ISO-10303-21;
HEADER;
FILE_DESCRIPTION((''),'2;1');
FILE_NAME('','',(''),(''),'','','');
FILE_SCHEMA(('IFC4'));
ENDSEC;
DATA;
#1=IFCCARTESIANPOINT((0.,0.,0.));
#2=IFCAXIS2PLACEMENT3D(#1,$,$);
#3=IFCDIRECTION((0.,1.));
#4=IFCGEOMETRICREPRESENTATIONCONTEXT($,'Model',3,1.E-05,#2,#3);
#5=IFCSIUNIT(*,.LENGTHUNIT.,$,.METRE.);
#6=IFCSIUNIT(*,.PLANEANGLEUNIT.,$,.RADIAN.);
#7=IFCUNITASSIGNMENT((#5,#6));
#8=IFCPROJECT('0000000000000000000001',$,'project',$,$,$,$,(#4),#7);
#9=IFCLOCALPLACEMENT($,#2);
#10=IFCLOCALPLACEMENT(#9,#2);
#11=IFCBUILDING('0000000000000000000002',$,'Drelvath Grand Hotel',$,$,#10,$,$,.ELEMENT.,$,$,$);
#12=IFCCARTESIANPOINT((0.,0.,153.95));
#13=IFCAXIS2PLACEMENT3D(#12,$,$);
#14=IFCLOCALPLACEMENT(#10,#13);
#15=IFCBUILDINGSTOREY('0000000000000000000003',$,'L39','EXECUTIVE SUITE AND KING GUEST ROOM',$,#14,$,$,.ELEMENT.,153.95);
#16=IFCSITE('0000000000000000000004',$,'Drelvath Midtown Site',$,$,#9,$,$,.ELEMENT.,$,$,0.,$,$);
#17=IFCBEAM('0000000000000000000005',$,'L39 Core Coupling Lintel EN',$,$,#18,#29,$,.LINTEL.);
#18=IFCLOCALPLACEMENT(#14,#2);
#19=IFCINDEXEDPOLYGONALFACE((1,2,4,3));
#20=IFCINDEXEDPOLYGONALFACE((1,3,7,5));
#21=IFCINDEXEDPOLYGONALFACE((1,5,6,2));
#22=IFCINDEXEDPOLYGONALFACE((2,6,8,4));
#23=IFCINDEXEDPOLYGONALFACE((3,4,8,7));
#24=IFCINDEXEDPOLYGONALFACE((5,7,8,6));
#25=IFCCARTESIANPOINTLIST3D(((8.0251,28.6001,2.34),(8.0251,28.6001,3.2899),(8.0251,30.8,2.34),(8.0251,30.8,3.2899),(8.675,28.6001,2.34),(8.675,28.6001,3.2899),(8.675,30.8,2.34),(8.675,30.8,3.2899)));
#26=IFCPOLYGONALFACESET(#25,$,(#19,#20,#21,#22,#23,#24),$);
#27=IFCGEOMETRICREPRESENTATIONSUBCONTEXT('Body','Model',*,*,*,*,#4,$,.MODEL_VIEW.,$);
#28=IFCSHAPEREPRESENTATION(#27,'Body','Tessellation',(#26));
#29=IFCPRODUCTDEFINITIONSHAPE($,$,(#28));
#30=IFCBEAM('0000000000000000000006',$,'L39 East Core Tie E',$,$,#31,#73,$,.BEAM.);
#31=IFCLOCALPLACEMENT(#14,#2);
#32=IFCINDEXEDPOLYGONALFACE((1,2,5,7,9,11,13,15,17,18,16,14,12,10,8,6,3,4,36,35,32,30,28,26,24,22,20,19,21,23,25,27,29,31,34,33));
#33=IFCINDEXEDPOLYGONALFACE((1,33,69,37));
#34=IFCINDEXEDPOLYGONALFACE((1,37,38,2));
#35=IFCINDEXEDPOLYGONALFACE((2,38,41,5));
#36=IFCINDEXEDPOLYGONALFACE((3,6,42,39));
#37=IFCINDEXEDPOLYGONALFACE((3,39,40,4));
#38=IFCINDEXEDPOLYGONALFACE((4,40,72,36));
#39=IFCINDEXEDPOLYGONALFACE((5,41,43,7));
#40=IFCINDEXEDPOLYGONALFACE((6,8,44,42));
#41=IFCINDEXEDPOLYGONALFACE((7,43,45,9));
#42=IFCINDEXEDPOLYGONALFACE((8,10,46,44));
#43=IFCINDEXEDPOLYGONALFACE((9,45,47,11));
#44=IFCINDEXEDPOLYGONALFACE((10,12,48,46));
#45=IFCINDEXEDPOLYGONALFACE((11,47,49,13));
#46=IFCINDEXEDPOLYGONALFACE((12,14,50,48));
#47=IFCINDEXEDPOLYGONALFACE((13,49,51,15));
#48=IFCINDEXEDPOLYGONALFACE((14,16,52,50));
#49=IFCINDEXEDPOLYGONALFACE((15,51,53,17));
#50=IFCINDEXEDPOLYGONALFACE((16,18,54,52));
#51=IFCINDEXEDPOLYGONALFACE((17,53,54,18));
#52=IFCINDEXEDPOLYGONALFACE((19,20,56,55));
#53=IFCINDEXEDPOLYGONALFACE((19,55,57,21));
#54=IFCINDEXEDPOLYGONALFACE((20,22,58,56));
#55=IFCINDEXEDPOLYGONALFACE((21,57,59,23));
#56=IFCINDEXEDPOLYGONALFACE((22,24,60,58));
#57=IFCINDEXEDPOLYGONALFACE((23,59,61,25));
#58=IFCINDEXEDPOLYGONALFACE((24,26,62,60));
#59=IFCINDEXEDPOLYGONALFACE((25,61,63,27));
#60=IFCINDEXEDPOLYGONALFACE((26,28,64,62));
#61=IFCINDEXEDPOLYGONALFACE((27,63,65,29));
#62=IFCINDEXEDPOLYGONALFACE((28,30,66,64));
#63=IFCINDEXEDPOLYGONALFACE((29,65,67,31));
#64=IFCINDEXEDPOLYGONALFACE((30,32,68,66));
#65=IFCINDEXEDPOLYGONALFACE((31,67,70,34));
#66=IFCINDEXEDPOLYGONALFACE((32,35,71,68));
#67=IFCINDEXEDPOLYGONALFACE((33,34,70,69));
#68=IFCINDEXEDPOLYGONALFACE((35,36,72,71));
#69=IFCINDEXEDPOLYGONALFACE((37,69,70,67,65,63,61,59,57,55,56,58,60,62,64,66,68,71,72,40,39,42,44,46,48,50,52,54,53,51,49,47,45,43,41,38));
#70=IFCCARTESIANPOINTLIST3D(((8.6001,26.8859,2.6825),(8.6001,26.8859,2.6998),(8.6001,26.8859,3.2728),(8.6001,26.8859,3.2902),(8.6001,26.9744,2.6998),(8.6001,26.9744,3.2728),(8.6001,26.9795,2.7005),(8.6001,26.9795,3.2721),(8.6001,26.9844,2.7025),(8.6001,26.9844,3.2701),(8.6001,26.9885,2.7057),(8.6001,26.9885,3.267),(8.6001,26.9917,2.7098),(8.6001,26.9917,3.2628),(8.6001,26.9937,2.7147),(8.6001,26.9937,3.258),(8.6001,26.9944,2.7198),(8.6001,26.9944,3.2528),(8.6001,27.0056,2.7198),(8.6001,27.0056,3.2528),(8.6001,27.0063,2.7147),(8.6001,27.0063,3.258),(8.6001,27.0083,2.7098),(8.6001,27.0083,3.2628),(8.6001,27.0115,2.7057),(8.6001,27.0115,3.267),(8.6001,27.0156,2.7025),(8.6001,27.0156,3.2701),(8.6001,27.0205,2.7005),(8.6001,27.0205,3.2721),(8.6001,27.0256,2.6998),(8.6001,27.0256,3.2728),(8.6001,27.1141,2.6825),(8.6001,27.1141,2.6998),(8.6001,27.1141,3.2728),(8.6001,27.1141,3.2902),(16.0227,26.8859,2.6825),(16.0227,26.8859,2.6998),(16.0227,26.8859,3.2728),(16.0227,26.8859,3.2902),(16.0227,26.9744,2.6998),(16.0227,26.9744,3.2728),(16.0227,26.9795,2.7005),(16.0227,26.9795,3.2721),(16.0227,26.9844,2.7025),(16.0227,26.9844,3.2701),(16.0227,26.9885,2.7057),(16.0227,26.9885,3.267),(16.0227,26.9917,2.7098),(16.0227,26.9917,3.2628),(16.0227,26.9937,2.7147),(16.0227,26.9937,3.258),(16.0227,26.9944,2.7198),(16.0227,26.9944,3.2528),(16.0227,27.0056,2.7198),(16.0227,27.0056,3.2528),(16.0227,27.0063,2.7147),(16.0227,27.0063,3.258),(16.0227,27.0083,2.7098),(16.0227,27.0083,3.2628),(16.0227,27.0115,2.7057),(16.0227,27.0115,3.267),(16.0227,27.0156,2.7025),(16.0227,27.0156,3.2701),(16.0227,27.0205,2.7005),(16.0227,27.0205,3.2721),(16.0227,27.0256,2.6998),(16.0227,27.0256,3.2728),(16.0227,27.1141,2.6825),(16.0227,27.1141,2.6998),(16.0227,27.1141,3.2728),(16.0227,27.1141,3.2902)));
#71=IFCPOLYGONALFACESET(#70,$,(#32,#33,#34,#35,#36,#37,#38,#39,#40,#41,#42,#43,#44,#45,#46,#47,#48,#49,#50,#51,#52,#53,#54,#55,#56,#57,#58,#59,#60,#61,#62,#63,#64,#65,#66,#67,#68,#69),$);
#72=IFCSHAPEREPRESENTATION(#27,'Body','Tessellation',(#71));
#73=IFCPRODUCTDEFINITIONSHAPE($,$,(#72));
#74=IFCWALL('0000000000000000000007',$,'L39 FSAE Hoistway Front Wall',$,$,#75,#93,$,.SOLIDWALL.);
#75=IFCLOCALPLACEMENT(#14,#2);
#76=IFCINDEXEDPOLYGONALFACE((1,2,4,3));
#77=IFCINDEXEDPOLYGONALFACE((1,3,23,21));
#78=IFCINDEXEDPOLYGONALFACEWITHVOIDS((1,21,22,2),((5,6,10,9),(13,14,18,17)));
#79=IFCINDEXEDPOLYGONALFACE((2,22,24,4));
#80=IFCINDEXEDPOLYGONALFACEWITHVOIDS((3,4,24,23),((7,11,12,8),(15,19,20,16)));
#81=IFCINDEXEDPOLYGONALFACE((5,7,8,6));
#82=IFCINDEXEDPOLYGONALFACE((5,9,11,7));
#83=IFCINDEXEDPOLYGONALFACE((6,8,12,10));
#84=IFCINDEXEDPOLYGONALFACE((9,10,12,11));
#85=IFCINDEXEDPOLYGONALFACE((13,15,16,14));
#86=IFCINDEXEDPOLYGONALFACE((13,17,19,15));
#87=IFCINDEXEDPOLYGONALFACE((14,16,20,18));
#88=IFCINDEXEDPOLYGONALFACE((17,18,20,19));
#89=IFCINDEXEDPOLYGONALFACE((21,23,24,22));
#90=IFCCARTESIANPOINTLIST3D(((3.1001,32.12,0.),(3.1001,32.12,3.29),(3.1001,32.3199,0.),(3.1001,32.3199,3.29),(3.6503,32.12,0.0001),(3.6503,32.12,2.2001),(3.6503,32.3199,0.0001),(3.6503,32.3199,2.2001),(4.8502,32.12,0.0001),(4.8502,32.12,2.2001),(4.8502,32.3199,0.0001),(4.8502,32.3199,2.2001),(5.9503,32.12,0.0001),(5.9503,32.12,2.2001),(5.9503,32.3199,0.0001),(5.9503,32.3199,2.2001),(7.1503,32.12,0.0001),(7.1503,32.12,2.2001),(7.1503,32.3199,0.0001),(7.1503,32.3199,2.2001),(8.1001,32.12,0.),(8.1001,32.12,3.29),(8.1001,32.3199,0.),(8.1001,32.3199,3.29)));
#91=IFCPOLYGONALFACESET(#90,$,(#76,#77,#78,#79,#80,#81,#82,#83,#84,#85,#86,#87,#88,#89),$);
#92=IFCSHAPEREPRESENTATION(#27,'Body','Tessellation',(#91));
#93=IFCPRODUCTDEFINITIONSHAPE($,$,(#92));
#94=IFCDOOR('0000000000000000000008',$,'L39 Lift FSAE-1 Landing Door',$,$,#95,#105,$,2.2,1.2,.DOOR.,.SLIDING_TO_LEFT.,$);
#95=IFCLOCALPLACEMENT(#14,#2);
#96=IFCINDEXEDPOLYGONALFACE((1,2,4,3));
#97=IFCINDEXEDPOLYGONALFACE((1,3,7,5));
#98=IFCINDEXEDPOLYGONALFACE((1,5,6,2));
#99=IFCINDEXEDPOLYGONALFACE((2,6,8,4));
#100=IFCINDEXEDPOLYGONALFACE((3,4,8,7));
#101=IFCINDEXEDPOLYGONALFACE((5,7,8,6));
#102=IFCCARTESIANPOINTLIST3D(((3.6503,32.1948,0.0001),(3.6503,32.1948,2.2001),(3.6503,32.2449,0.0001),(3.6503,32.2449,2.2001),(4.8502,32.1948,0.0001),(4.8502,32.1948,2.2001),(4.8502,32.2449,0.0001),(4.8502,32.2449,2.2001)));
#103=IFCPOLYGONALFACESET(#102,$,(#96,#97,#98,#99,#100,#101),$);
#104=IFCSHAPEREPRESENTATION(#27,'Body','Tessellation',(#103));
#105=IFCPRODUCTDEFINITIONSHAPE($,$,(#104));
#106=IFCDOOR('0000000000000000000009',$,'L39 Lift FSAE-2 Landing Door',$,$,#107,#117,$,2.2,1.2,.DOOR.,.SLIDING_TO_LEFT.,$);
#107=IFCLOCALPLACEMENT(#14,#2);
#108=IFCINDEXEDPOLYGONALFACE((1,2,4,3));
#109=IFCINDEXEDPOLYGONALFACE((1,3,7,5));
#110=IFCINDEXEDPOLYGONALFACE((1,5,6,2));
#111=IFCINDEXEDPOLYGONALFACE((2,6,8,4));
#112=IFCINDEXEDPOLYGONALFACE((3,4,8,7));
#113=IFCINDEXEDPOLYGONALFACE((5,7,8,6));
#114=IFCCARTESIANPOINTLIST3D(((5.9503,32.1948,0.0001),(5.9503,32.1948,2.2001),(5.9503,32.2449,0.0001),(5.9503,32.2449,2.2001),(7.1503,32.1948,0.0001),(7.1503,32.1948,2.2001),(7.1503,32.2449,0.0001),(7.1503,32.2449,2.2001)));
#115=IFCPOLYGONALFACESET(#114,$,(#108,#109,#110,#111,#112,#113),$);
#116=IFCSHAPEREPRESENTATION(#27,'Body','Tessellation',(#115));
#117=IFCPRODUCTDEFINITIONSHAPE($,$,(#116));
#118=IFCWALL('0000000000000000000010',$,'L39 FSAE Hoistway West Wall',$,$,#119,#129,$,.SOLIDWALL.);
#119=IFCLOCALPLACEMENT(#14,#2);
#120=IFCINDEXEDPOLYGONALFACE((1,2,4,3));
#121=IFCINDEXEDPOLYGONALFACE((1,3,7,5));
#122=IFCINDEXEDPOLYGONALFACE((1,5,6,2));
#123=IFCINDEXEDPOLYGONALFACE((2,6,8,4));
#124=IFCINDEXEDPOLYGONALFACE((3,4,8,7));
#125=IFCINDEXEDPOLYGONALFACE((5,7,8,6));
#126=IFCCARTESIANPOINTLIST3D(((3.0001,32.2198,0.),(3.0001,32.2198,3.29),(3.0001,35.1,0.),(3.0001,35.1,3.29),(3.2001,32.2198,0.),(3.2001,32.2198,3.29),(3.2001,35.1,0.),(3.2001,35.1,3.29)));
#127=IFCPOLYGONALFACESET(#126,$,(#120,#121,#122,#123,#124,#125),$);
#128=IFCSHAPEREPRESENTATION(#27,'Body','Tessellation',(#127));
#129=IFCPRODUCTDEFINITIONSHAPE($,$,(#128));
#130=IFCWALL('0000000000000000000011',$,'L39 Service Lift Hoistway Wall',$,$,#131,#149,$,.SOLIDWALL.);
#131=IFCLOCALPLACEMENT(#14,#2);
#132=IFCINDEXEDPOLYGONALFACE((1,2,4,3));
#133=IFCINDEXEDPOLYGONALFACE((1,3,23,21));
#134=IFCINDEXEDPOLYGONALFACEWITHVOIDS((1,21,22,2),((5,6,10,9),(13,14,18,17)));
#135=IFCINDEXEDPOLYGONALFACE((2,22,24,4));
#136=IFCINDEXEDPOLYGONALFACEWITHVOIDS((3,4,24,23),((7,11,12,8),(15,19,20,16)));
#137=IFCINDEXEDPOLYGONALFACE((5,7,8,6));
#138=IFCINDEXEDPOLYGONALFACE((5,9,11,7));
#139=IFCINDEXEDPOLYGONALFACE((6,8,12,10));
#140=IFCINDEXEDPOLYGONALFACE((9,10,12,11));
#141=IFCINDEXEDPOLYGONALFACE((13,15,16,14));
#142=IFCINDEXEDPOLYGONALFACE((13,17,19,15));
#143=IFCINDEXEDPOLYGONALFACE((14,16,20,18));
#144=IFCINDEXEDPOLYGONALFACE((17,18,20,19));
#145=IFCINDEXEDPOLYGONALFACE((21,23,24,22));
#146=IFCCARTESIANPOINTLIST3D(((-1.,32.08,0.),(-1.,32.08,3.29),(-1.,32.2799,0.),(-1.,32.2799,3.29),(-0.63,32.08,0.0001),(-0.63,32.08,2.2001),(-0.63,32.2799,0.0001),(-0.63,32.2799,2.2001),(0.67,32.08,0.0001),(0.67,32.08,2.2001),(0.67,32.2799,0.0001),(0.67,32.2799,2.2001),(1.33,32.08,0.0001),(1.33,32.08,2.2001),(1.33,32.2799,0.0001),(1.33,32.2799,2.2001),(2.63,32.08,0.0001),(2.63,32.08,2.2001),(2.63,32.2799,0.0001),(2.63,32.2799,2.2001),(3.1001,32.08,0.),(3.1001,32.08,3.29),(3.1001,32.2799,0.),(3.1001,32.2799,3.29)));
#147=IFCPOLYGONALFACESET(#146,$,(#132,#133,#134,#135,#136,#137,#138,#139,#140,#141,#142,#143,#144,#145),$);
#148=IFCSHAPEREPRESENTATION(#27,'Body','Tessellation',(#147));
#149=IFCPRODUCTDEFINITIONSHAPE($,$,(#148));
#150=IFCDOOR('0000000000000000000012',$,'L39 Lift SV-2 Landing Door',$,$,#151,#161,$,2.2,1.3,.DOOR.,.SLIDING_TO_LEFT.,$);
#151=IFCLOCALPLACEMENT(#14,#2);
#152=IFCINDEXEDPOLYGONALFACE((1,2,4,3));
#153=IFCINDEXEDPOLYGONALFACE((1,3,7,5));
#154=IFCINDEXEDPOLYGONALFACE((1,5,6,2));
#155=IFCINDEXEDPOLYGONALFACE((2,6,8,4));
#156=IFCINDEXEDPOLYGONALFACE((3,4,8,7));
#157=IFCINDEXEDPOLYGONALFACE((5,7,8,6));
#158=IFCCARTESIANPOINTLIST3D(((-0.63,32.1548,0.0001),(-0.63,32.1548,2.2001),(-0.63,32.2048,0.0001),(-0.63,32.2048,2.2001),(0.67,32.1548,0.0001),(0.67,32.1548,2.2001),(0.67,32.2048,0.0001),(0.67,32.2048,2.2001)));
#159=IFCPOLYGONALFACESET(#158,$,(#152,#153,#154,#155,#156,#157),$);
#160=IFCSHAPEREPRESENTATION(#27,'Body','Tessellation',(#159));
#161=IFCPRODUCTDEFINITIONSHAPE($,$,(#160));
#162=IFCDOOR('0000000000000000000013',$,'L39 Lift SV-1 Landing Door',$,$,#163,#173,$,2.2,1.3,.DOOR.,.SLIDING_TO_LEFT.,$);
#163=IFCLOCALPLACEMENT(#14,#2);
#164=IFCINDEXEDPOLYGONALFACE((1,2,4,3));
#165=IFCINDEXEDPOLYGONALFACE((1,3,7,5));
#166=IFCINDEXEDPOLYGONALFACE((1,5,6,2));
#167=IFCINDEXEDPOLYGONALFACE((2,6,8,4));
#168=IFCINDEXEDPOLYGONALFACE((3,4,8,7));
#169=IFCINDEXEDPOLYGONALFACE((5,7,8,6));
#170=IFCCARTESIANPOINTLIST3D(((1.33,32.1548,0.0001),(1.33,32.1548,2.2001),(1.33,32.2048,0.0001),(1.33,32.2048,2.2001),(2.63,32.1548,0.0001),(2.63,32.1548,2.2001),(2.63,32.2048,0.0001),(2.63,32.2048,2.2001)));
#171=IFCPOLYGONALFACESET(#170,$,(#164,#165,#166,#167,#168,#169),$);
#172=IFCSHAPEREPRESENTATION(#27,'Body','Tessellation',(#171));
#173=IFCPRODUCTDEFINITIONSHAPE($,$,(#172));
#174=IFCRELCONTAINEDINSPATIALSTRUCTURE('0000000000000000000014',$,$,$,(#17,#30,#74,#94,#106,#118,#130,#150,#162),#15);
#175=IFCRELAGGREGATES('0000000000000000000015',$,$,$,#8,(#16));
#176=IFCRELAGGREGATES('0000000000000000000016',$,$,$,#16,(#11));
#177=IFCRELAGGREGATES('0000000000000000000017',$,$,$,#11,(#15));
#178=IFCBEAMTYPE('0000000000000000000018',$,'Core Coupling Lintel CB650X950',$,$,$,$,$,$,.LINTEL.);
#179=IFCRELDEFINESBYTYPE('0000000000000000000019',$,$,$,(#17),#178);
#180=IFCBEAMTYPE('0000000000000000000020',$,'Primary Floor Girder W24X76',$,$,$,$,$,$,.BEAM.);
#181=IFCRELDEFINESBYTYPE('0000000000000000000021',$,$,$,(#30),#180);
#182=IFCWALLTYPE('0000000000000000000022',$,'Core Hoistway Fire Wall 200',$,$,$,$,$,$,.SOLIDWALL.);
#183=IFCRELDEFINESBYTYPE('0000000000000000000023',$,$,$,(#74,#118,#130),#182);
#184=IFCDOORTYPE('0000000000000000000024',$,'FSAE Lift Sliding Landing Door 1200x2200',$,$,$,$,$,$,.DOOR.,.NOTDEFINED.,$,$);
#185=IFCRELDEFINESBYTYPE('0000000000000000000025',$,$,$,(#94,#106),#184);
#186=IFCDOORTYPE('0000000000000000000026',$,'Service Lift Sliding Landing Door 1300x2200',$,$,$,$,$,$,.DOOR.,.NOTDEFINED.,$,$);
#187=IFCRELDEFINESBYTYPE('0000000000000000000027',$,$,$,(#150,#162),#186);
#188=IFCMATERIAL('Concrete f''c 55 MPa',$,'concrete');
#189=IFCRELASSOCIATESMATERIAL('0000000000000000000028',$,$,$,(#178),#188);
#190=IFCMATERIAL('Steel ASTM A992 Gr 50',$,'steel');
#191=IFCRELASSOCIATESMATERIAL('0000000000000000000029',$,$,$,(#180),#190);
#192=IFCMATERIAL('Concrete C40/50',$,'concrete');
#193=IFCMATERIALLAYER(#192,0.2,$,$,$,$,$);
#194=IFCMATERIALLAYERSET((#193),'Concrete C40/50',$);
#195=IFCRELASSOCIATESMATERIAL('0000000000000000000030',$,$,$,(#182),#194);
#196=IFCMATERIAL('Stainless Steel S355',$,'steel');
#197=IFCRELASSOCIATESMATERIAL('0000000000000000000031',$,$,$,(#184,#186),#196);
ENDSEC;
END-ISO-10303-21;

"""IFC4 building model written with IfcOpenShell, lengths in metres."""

from ifc_helpers import new_model, si_unit, direction, frame, frame_2d, origin, origin_2d, place, context, subcontext, project, spatial, rectangle, i_section, extrude, material, layer, layer_set, material_profile, profile_set, type_object, element, fill, save


model = new_model("IFC4")

# Units and contexts
model_context = context("Model", 3, precision=1e-05, world=origin(), true_north=direction((0.0, 1.0)))
body_context = subcontext(model_context, "Body", "Model", "MODEL_VIEW")
ifc_project = project(units=[si_unit("LENGTHUNIT", "METRE"), si_unit("PLANEANGLEUNIT", "RADIAN")], contexts=[model_context])

# Site, building, storey
site_placement = place(None, origin())
site = spatial("IfcSite", under=ifc_project, at=site_placement, Name="Drelvath Midtown Site", CompositionType="ELEMENT", RefElevation=0.0)
building_placement = place(site_placement, origin())
building = spatial("IfcBuilding", under=site, at=building_placement, Name="Drelvath Grand Hotel", CompositionType="ELEMENT")
storey_placement = place(building_placement, frame((0.0, 0.0, 153.95)))
storey = spatial("IfcBuildingStorey", under=building, at=storey_placement, Name="L39", Description="EXECUTIVE SUITE AND KING GUEST ROOM", CompositionType="ELEMENT", Elevation=153.95)

# Beams
ifc_material_1 = material(Name="Concrete f'c 55 MPa", Category="concrete")
ifc_material_profile_1 = material_profile(ifc_material_1, rectangle(XDim=0.6499, YDim=0.95, at=origin_2d()), Name="CB650X950")
ifc_profile_set_1 = profile_set([ifc_material_profile_1], Name="Concrete f'c 55 MPa")
beam_type_1 = type_object("IfcBeamType", Name="Core Coupling Lintel CB650X950", PredefinedType="LINTEL", material=ifc_profile_set_1)
beam_1_placement = place(storey_placement, frame((8.3501, 28.6001, 2.8149), z_axis=(0.0, 1.0, 0.0), x_axis=(-1.0, 0.0, 0.0)))
element("IfcBeam", 1, at=beam_1_placement, inside=storey, type_object=beam_type_1, Name="L39 Core Coupling Lintel EN", PredefinedType="LINTEL", context=body_context, shape_type="SweptSolid", body=[
    extrude(rectangle(XDim=0.6499, YDim=0.95, at=origin_2d()), origin(), (0.0, 0.0, 1.0), 2.2),
])
ifc_material_2 = material(Name="Steel ASTM A992 Gr 50", Category="steel")
ifc_material_profile_2 = material_profile(ifc_material_2, i_section(OverallWidth=0.2283, OverallDepth=0.6077, WebThickness=0.0112, FlangeThickness=0.0173, FilletRadius=0.02, at=origin_2d()), Name="W24X76")
ifc_profile_set_2 = profile_set([ifc_material_profile_2], Name="Steel ASTM A992 Gr 50")
beam_type_2 = type_object("IfcBeamType", Name="Primary Floor Girder W24X76", PredefinedType="BEAM", material=ifc_profile_set_2)
beam_2_placement = place(storey_placement, frame((8.6001, 27.0, 2.9863), z_axis=(1.0, 0.0, 0.0), x_axis=(0.0, 1.0, 0.0)))
element("IfcBeam", 2, at=beam_2_placement, inside=storey, type_object=beam_type_2, Name="L39 East Core Tie E", PredefinedType="BEAM", context=body_context, shape_type="SweptSolid", body=[
    extrude(i_section(OverallWidth=0.2283, OverallDepth=0.6077, WebThickness=0.0112, FlangeThickness=0.0173, FilletRadius=0.02, at=origin_2d()), origin(), (0.0, 0.0, 1.0), 7.4226),
])

# Wall, openings, doors
ifc_material_3 = material(Name="Concrete C40/50", Category="concrete")
ifc_layer_1 = layer(ifc_material_3, 0.2)
ifc_layer_set_1 = layer_set([ifc_layer_1], Name="Concrete C40/50")
wall_type_1 = type_object("IfcWallType", Name="Core Hoistway Fire Wall 200", PredefinedType="SOLIDWALL", material=ifc_layer_set_1)
wall_1_placement = place(storey_placement, frame((3.1001, 32.22, 0.0), z_axis=(0.0, 0.0, 1.0), x_axis=(1.0, 0.0, 0.0)))
wall_1 = element("IfcWall", 3, at=wall_1_placement, inside=storey, type_object=wall_type_1, Name="L39 FSAE Hoistway Front Wall", PredefinedType="SOLIDWALL", context=body_context, shape_type="SweptSolid", body=[
    extrude(rectangle(XDim=5.0, YDim=0.2, at=frame_2d((2.5, 0.0))), origin(), (0.0, 0.0, 1.0), 3.29),
])
opening_1_placement = place(wall_1_placement, frame((0.55, 0.0, 0.0)))
opening_1 = element("IfcOpeningElement", 4, at=opening_1_placement, cuts=wall_1, PredefinedType="OPENING", context=body_context, shape_type="SweptSolid", body=[
    extrude(rectangle(XDim=1.2, YDim=2.2, at=frame_2d((0.6001, 1.1001))), frame((0.0, 0.1099, 0.0), z_axis=(0.0, -1.0, 0.0), x_axis=(1.0, 0.0, 0.0)), (0.0, 0.0, 1.0), 0.22),
])
opening_2_placement = place(wall_1_placement, frame((2.8501, 0.0, 0.0)))
opening_2 = element("IfcOpeningElement", 5, at=opening_2_placement, cuts=wall_1, PredefinedType="OPENING", context=body_context, shape_type="SweptSolid", body=[
    extrude(rectangle(XDim=1.2, YDim=2.2, at=frame_2d((0.6001, 1.1001))), frame((0.0, 0.1099, 0.0), z_axis=(0.0, -1.0, 0.0), x_axis=(1.0, 0.0, 0.0)), (0.0, 0.0, 1.0), 0.22),
])
ifc_material_4 = material(Name="Stainless Steel S355", Category="steel")
door_type_1 = type_object("IfcDoorType", Name="FSAE Lift Sliding Landing Door 1200x2200", OperationType="NOTDEFINED", PredefinedType="DOOR", material=ifc_material_4)
door_1_placement = place(opening_1_placement, origin())
door_1 = element("IfcDoor", 6, at=door_1_placement, inside=storey, type_object=door_type_1, Name="L39 Lift FSAE-1 Landing Door", OperationType="SLIDING_TO_LEFT", OverallHeight=2.2, OverallWidth=1.2, PredefinedType="DOOR", context=body_context, shape_type="SweptSolid", body=[
    extrude(rectangle(XDim=1.2, YDim=2.2, at=frame_2d((0.6001, 1.1001))), frame((0.0, 0.0249, 0.0), z_axis=(0.0, -1.0, 0.0), x_axis=(1.0, 0.0, 0.0)), (0.0, 0.0, 1.0), 0.05),
])
fill(opening_1, door_1)
door_2_placement = place(opening_2_placement, origin())
door_2 = element("IfcDoor", 7, at=door_2_placement, inside=storey, type_object=door_type_1, Name="L39 Lift FSAE-2 Landing Door", OperationType="SLIDING_TO_LEFT", OverallHeight=2.2, OverallWidth=1.2, PredefinedType="DOOR", context=body_context, shape_type="SweptSolid", body=[
    extrude(rectangle(XDim=1.2, YDim=2.2, at=frame_2d((0.6001, 1.1001))), frame((0.0, 0.0249, 0.0), z_axis=(0.0, -1.0, 0.0), x_axis=(1.0, 0.0, 0.0)), (0.0, 0.0, 1.0), 0.05),
])
fill(opening_2, door_2)

# Wall
wall_2_placement = place(storey_placement, frame((3.1001, 32.22, 0.0), z_axis=(0.0, 0.0, 1.0), x_axis=(0.0, 1.0, 0.0)))
element("IfcWall", 8, at=wall_2_placement, inside=storey, type_object=wall_type_1, Name="L39 FSAE Hoistway West Wall", PredefinedType="SOLIDWALL", context=body_context, shape_type="SweptSolid", body=[
    extrude(rectangle(XDim=2.8801, YDim=0.2, at=frame_2d((1.4399, 0.0))), origin(), (0.0, 0.0, 1.0), 3.29),
])

# Wall, openings, doors
wall_3_placement = place(storey_placement, frame((-1.0, 32.1799, 0.0), z_axis=(0.0, 0.0, 1.0), x_axis=(1.0, 0.0, 0.0)))
wall_3 = element("IfcWall", 9, at=wall_3_placement, inside=storey, type_object=wall_type_1, Name="L39 Service Lift Hoistway Wall", PredefinedType="SOLIDWALL", context=body_context, shape_type="SweptSolid", body=[
    extrude(rectangle(XDim=4.1001, YDim=0.2, at=frame_2d((2.05, 0.0))), origin(), (0.0, 0.0, 1.0), 3.29),
])
opening_3_placement = place(wall_3_placement, frame((0.3701, 0.0, 0.0)))
opening_3 = element("IfcOpeningElement", 10, at=opening_3_placement, cuts=wall_3, PredefinedType="OPENING", context=body_context, shape_type="SweptSolid", body=[
    extrude(rectangle(XDim=1.3, YDim=2.2, at=frame_2d((0.6499, 1.1001))), frame((0.0, 0.1099, 0.0), z_axis=(0.0, -1.0, 0.0), x_axis=(1.0, 0.0, 0.0)), (0.0, 0.0, 1.0), 0.22),
])
opening_4_placement = place(wall_3_placement, frame((2.3301, 0.0, 0.0)))
opening_4 = element("IfcOpeningElement", 11, at=opening_4_placement, cuts=wall_3, PredefinedType="OPENING", context=body_context, shape_type="SweptSolid", body=[
    extrude(rectangle(XDim=1.3, YDim=2.2, at=frame_2d((0.6499, 1.1001))), frame((0.0, 0.1099, 0.0), z_axis=(0.0, -1.0, 0.0), x_axis=(1.0, 0.0, 0.0)), (0.0, 0.0, 1.0), 0.22),
])
door_type_2 = type_object("IfcDoorType", Name="Service Lift Sliding Landing Door 1300x2200", OperationType="NOTDEFINED", PredefinedType="DOOR", material=ifc_material_4)
door_3_placement = place(opening_3_placement, origin())
door_3 = element("IfcDoor", 12, at=door_3_placement, inside=storey, type_object=door_type_2, Name="L39 Lift SV-2 Landing Door", OperationType="SLIDING_TO_LEFT", OverallHeight=2.2, OverallWidth=1.3, PredefinedType="DOOR", context=body_context, shape_type="SweptSolid", body=[
    extrude(rectangle(XDim=1.3, YDim=2.2, at=frame_2d((0.6499, 1.1001))), frame((0.0, 0.0249, 0.0), z_axis=(0.0, -1.0, 0.0), x_axis=(1.0, 0.0, 0.0)), (0.0, 0.0, 1.0), 0.05),
])
fill(opening_3, door_3)
door_4_placement = place(opening_4_placement, origin())
door_4 = element("IfcDoor", 13, at=door_4_placement, inside=storey, type_object=door_type_2, Name="L39 Lift SV-1 Landing Door", OperationType="SLIDING_TO_LEFT", OverallHeight=2.2, OverallWidth=1.3, PredefinedType="DOOR", context=body_context, shape_type="SweptSolid", body=[
    extrude(rectangle(XDim=1.3, YDim=2.2, at=frame_2d((0.6499, 1.1001))), frame((0.0, 0.0249, 0.0), z_axis=(0.0, -1.0, 0.0), x_axis=(1.0, 0.0, 0.0)), (0.0, 0.0, 1.0), 0.05),
])
fill(opening_4, door_4)

save(model, "model.ifc")
